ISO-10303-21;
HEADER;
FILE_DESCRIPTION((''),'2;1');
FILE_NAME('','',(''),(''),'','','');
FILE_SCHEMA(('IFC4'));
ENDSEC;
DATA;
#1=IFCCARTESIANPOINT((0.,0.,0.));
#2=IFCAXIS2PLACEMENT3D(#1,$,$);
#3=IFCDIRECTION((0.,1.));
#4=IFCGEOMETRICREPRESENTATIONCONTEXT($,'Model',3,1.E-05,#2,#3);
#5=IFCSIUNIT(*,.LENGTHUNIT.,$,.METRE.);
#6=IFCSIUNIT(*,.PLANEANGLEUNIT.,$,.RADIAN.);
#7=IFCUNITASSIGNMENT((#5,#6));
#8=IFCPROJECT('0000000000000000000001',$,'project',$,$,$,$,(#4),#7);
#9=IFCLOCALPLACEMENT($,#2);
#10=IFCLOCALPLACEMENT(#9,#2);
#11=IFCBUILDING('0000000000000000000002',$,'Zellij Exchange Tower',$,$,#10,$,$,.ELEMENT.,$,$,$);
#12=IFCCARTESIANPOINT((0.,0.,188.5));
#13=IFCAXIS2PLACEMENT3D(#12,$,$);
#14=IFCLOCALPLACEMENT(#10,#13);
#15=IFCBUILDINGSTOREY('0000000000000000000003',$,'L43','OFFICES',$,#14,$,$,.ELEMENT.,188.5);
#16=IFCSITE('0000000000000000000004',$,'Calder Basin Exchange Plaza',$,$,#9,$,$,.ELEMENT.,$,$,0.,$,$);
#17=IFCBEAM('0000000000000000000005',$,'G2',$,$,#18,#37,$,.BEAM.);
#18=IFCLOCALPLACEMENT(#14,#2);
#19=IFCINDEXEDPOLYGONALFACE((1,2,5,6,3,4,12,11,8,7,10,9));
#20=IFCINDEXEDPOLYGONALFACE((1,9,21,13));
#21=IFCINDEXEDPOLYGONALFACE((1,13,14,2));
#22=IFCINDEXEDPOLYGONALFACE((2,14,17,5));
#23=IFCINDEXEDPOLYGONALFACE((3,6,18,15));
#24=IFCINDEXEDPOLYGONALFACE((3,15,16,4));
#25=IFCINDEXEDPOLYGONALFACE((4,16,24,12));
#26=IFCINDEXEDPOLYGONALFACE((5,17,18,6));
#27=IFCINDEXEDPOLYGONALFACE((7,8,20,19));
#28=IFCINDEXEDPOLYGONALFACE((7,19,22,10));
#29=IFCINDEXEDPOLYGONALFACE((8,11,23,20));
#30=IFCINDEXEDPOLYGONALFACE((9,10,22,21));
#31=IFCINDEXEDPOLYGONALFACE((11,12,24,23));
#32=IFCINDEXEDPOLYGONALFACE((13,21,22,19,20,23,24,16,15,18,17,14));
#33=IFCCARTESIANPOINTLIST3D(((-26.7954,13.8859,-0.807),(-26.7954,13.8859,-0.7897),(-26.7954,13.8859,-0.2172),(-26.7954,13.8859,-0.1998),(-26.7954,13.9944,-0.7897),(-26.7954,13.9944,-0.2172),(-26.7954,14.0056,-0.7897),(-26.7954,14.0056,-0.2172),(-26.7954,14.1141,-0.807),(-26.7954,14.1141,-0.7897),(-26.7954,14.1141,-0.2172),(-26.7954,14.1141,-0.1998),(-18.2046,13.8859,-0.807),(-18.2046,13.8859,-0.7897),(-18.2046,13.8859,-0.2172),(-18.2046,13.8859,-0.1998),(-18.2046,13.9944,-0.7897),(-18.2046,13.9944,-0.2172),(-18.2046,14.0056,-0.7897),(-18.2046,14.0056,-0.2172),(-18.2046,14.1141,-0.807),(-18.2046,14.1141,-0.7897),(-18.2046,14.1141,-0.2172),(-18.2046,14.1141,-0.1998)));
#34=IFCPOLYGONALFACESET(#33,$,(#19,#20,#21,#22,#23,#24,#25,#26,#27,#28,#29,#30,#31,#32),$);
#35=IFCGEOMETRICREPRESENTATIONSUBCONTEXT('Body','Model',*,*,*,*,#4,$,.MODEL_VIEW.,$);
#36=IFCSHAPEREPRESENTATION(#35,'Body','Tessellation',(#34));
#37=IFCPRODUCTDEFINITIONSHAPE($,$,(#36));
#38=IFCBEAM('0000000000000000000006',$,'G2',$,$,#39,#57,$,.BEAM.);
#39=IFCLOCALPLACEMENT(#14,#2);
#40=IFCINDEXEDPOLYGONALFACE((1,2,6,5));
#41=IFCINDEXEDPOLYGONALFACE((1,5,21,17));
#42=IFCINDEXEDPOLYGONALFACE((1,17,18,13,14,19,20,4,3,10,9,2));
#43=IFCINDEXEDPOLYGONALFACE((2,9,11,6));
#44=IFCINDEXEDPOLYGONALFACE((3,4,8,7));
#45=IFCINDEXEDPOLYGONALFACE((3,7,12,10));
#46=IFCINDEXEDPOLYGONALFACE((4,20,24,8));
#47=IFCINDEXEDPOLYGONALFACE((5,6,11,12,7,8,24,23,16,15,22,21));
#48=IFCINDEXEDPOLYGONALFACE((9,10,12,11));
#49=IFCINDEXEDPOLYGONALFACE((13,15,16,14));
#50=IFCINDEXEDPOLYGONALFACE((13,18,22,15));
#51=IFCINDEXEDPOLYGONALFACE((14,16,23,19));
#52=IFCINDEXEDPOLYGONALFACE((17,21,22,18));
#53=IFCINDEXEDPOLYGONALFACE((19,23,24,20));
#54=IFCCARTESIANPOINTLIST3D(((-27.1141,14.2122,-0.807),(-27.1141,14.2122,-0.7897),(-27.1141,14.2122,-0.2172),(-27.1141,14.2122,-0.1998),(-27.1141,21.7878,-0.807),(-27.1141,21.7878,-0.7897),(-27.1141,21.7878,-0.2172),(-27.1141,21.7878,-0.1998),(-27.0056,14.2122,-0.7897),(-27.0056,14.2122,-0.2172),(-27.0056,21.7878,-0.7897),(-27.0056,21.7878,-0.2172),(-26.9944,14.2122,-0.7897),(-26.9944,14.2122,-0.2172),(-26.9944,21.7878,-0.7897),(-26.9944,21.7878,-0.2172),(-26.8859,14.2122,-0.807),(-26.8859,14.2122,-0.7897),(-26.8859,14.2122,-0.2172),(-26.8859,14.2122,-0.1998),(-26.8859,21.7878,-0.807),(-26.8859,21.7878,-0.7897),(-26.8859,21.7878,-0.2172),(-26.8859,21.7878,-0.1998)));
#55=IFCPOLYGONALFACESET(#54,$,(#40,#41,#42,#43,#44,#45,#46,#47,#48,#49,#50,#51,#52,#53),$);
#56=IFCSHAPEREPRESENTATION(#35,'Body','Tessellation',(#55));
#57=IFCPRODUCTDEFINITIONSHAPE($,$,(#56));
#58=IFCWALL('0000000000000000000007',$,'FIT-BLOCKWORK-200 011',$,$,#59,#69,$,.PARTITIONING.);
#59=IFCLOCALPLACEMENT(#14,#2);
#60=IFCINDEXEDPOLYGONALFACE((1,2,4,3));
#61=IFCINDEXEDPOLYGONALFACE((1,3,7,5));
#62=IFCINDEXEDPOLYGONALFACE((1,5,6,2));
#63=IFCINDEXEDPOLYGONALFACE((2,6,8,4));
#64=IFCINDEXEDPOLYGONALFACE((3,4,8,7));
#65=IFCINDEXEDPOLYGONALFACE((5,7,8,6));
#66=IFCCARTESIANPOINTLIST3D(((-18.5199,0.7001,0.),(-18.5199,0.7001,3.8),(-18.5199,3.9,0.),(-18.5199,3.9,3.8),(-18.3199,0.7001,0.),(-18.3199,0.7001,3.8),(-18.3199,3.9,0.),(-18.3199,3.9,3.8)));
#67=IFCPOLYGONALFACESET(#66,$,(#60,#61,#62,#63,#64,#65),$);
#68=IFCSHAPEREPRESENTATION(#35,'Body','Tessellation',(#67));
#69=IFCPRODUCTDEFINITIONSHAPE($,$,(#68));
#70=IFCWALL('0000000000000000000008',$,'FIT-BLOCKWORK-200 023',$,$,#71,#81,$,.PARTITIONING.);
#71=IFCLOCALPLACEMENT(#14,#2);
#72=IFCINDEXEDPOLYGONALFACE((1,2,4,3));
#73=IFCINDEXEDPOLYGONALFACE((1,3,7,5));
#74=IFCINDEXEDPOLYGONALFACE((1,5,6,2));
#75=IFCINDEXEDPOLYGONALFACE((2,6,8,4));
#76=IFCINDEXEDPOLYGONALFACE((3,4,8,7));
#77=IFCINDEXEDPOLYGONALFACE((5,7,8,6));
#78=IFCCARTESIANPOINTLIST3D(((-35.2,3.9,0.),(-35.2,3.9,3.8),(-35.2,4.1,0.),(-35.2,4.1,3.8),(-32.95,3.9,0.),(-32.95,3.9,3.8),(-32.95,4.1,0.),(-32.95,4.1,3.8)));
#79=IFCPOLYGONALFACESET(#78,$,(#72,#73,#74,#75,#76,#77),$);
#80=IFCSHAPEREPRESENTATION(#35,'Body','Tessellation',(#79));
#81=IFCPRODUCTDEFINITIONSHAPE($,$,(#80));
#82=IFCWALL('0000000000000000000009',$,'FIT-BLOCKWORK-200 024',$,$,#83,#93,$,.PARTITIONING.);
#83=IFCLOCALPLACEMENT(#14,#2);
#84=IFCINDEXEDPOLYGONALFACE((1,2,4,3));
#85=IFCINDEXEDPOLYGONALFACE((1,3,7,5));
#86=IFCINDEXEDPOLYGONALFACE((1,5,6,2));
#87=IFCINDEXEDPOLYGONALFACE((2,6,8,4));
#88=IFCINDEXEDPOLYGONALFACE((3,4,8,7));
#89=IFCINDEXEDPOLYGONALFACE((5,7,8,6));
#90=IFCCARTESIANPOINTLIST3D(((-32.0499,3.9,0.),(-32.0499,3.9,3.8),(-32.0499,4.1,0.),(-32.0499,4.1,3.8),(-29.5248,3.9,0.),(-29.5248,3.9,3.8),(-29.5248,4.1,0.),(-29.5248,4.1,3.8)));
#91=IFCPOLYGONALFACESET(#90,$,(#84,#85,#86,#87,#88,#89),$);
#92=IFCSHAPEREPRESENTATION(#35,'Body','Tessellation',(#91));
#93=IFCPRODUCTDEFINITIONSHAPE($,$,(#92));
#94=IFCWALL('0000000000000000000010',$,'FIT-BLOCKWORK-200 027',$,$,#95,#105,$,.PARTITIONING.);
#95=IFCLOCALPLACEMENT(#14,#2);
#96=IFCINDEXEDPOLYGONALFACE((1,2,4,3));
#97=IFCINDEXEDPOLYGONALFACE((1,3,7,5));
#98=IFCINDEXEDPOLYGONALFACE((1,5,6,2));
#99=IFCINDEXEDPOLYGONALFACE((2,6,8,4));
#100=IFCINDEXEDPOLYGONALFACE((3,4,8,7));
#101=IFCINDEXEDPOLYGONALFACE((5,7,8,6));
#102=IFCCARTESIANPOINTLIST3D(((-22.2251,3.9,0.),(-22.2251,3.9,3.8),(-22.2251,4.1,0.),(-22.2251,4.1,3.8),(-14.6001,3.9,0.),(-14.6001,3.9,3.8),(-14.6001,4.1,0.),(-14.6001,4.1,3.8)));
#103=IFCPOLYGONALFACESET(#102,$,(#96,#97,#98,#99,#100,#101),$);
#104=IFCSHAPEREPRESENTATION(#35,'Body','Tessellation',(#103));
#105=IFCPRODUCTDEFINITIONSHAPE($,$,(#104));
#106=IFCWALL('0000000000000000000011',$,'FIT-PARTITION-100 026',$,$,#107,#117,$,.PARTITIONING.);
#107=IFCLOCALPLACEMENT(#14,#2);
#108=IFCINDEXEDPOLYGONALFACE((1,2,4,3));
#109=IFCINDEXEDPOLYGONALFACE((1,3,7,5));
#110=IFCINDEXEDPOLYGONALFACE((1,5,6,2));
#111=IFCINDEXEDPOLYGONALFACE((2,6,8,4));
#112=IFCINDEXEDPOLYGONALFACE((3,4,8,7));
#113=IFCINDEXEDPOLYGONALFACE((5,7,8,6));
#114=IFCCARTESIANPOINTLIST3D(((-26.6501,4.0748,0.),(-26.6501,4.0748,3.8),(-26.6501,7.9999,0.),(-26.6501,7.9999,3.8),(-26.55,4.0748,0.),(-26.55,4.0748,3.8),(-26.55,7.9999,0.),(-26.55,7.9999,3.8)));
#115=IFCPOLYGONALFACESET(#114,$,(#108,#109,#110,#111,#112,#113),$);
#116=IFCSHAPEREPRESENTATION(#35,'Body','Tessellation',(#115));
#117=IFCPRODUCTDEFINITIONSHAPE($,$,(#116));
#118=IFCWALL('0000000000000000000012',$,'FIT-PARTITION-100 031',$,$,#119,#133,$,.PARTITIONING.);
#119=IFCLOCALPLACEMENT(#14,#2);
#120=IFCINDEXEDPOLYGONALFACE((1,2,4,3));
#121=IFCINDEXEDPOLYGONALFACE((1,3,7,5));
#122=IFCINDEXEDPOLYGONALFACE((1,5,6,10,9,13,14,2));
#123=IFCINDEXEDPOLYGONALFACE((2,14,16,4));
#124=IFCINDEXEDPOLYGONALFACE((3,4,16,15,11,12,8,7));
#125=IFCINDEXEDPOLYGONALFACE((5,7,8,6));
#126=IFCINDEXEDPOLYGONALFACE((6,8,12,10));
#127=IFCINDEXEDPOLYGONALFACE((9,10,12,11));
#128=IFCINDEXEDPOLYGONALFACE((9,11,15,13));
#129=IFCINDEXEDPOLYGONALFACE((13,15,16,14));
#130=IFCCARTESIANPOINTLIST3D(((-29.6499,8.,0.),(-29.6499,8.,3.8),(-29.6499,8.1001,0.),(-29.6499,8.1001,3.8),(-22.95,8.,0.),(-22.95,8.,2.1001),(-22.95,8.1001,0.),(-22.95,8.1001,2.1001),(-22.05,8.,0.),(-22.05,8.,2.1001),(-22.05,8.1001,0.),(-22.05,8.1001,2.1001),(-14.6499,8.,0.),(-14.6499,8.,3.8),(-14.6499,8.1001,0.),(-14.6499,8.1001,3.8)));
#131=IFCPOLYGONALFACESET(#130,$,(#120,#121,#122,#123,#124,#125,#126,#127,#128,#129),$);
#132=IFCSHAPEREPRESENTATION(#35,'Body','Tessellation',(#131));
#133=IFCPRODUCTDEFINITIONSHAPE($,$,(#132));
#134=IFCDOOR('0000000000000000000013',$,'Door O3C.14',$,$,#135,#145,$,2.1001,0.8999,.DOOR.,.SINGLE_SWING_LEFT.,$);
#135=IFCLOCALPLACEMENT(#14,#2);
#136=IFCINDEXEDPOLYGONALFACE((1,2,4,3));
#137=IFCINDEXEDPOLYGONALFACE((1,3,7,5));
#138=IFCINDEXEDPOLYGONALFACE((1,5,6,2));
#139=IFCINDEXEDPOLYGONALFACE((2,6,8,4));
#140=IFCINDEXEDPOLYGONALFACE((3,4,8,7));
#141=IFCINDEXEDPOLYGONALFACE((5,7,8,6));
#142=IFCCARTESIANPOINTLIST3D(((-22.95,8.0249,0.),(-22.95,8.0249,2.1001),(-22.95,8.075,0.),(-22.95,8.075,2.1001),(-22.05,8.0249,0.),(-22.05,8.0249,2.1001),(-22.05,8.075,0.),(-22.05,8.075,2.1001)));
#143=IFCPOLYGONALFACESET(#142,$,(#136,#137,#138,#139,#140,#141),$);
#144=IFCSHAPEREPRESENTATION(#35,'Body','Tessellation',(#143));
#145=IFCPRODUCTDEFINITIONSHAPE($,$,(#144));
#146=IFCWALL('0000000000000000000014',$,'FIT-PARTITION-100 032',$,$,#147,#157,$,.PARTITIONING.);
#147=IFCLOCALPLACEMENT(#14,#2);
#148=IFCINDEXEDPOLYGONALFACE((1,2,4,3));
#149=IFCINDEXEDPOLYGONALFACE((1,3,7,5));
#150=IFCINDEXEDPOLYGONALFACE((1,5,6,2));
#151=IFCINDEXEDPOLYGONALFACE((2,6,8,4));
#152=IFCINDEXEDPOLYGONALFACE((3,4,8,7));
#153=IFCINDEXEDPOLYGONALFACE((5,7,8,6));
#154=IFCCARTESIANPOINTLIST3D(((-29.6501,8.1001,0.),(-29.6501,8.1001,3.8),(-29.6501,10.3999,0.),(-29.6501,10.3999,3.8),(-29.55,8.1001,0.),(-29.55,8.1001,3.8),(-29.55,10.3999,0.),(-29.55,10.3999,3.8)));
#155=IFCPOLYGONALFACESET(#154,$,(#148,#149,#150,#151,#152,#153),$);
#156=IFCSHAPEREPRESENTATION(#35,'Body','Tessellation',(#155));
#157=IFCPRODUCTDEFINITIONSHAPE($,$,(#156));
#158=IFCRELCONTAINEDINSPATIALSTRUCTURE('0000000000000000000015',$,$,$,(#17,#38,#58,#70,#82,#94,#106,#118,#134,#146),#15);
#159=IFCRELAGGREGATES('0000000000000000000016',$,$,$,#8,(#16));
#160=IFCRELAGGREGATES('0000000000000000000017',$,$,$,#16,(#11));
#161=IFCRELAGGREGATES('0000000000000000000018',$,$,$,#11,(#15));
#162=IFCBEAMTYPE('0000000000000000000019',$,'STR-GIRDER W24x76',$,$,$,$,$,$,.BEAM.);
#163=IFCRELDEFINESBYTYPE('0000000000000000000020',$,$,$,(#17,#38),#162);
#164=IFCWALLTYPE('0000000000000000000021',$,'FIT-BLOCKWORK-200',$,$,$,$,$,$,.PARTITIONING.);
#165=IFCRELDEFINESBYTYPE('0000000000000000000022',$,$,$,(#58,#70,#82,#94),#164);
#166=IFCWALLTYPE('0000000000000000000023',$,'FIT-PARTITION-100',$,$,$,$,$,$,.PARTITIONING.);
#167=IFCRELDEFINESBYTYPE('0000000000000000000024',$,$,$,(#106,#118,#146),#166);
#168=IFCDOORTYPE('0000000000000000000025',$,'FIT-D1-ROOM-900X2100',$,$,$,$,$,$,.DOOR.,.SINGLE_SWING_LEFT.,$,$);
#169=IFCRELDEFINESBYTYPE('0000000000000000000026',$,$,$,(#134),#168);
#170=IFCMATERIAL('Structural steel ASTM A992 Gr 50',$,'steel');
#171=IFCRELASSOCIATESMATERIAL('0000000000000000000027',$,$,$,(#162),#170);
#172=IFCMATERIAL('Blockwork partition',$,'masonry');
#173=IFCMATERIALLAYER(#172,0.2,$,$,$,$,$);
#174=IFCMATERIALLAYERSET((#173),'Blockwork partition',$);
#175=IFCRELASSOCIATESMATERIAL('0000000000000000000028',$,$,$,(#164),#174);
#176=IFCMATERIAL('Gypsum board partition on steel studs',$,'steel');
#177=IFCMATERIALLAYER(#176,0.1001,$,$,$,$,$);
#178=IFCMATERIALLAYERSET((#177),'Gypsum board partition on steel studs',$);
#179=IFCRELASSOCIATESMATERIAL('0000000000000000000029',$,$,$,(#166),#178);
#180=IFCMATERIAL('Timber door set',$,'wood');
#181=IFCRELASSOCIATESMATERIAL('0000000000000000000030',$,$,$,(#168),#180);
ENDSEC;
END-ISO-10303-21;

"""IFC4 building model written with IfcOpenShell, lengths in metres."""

from ifc_helpers import new_model, si_unit, direction, frame, frame_2d, origin, origin_2d, place, context, subcontext, project, spatial, rectangle, i_section, extrude, material, layer, layer_set, material_profile, profile_set, type_object, element, fill, save


model = new_model("IFC4")

# Units and contexts
model_context = context("Model", 3, precision=1e-05, world=origin(), true_north=direction((0.0, 1.0)))
body_context = subcontext(model_context, "Body", "Model", "MODEL_VIEW")
ifc_project = project(units=[si_unit("LENGTHUNIT", "METRE"), si_unit("PLANEANGLEUNIT", "RADIAN")], contexts=[model_context])

# Site, building, storey
site_placement = place(None, origin())
site = spatial("IfcSite", under=ifc_project, at=site_placement, Name="Calder Basin Exchange Plaza", CompositionType="ELEMENT", RefElevation=0.0)
building_placement = place(site_placement, origin())
building = spatial("IfcBuilding", under=site, at=building_placement, Name="Zellij Exchange Tower", CompositionType="ELEMENT")
storey_placement = place(building_placement, frame((0.0, 0.0, 188.5)))
storey = spatial("IfcBuildingStorey", under=building, at=storey_placement, Name="L43", Description="OFFICES", CompositionType="ELEMENT", Elevation=188.5)

# Beams
ifc_material_1 = material(Name="Structural steel ASTM A992 Gr 50", Category="steel")
ifc_material_profile_1 = material_profile(ifc_material_1, i_section(OverallWidth=0.2283, OverallDepth=0.6072, WebThickness=0.0112, FlangeThickness=0.0173, at=origin_2d()), Name="W24x76")
ifc_profile_set_1 = profile_set([ifc_material_profile_1], Name="Structural steel ASTM A992 Gr 50")
beam_type_1 = type_object("IfcBeamType", Name="STR-GIRDER W24x76", PredefinedType="BEAM", material=ifc_profile_set_1)
beam_1_placement = place(storey_placement, frame((-26.7954, 14.0, -0.5034), z_axis=(1.0, 0.0, 0.0), x_axis=(0.0, 1.0, 0.0)))
element("IfcBeam", 1, at=beam_1_placement, inside=storey, type_object=beam_type_1, Name="G2", PredefinedType="BEAM", context=body_context, shape_type="SweptSolid", body=[
    extrude(i_section(OverallWidth=0.2283, OverallDepth=0.6072, WebThickness=0.0112, FlangeThickness=0.0173, at=origin_2d()), origin(), (0.0, 0.0, 1.0), 8.5908),
])
beam_2_placement = place(storey_placement, frame((-27.0, 14.2122, -0.5034), z_axis=(0.0, 1.0, 0.0), x_axis=(-1.0, 0.0, 0.0)))
element("IfcBeam", 2, at=beam_2_placement, inside=storey, type_object=beam_type_1, Name="G2", PredefinedType="BEAM", context=body_context, shape_type="SweptSolid", body=[
    extrude(i_section(OverallWidth=0.2283, OverallDepth=0.6072, WebThickness=0.0112, FlangeThickness=0.0173, at=origin_2d()), origin(), (0.0, 0.0, 1.0), 7.5757),
])

# Walls
ifc_material_2 = material(Name="Blockwork partition", Category="masonry")
ifc_layer_1 = layer(ifc_material_2, 0.2)
ifc_layer_set_1 = layer_set([ifc_layer_1], Name="Blockwork partition")
wall_type_1 = type_object("IfcWallType", Name="FIT-BLOCKWORK-200", PredefinedType="PARTITIONING", material=ifc_layer_set_1)
wall_1_placement = place(storey_placement, frame((-18.4199, 0.7, 0.0), z_axis=(0.0, 0.0, 1.0), x_axis=(0.0, 1.0, 0.0)))
element("IfcWall", 3, at=wall_1_placement, inside=storey, type_object=wall_type_1, Name="FIT-BLOCKWORK-200 011", PredefinedType="PARTITIONING", context=body_context, shape_type="SweptSolid", body=[
    extrude(rectangle(XDim=3.2, YDim=0.2, at=frame_2d((1.6001, 0.0))), origin(), (0.0, 0.0, 1.0), 3.8),
])
wall_2_placement = place(storey_placement, frame((-35.2, 4.0, 0.0), z_axis=(0.0, 0.0, 1.0), x_axis=(1.0, 0.0, 0.0)))
element("IfcWall", 4, at=wall_2_placement, inside=storey, type_object=wall_type_1, Name="FIT-BLOCKWORK-200 023", PredefinedType="PARTITIONING", context=body_context, shape_type="SweptSolid", body=[
    extrude(rectangle(XDim=2.25, YDim=0.2, at=frame_2d((1.125, 0.0))), origin(), (0.0, 0.0, 1.0), 3.8),
])
wall_3_placement = place(storey_placement, frame((-32.05, 4.0, 0.0), z_axis=(0.0, 0.0, 1.0), x_axis=(1.0, 0.0, 0.0)))
element("IfcWall", 5, at=wall_3_placement, inside=storey, type_object=wall_type_1, Name="FIT-BLOCKWORK-200 024", PredefinedType="PARTITIONING", context=body_context, shape_type="SweptSolid", body=[
    extrude(rectangle(XDim=2.5251, YDim=0.2, at=frame_2d((1.2627, 0.0))), origin(), (0.0, 0.0, 1.0), 3.8),
])
wall_4_placement = place(storey_placement, frame((-22.2251, 4.0, 0.0), z_axis=(0.0, 0.0, 1.0), x_axis=(1.0, 0.0, 0.0)))
element("IfcWall", 6, at=wall_4_placement, inside=storey, type_object=wall_type_1, Name="FIT-BLOCKWORK-200 027", PredefinedType="PARTITIONING", context=body_context, shape_type="SweptSolid", body=[
    extrude(rectangle(XDim=7.625, YDim=0.2, at=frame_2d((3.8125, 0.0))), origin(), (0.0, 0.0, 1.0), 3.8),
])
ifc_material_3 = material(Name="Gypsum board partition on steel studs", Category="steel")
ifc_layer_2 = layer(ifc_material_3, 0.1001)
ifc_layer_set_2 = layer_set([ifc_layer_2], Name="Gypsum board partition on steel studs")
wall_type_2 = type_object("IfcWallType", Name="FIT-PARTITION-100", PredefinedType="PARTITIONING", material=ifc_layer_set_2)
wall_5_placement = place(storey_placement, frame((-26.6001, 4.075, 0.0), z_axis=(0.0, 0.0, 1.0), x_axis=(0.0, 1.0, 0.0)))
element("IfcWall", 7, at=wall_5_placement, inside=storey, type_object=wall_type_2, Name="FIT-PARTITION-100 026", PredefinedType="PARTITIONING", context=body_context, shape_type="SweptSolid", body=[
    extrude(rectangle(XDim=3.925, YDim=0.1001, at=frame_2d((1.9624, 0.0))), origin(), (0.0, 0.0, 1.0), 3.8),
])

# Wall, opening, door
wall_6_placement = place(storey_placement, frame((-29.6499, 8.05, 0.0), z_axis=(0.0, 0.0, 1.0), x_axis=(1.0, 0.0, 0.0)))
wall_6 = element("IfcWall", 8, at=wall_6_placement, inside=storey, type_object=wall_type_2, Name="FIT-PARTITION-100 031", PredefinedType="PARTITIONING", context=body_context, shape_type="SweptSolid", body=[
    extrude(rectangle(XDim=15.0, YDim=0.1001, at=frame_2d((7.5, 0.0))), origin(), (0.0, 0.0, 1.0), 3.8),
])
opening_1_placement = place(wall_6_placement, frame((6.7, 0.0, 0.0)))
opening_1 = element("IfcOpeningElement", 9, at=opening_1_placement, cuts=wall_6, PredefinedType="OPENING", context=body_context, shape_type="SweptSolid", body=[
    extrude(rectangle(XDim=0.8999, YDim=2.1001, at=frame_2d((0.45, 1.05))), frame((0.0, 0.062, 0.0), z_axis=(0.0, -1.0, 0.0), x_axis=(1.0, 0.0, 0.0)), (0.0, 0.0, 1.0), 0.124),
])
ifc_material_4 = material(Name="Timber door set", Category="wood")
door_type_1 = type_object("IfcDoorType", Name="FIT-D1-ROOM-900X2100", OperationType="SINGLE_SWING_LEFT", PredefinedType="DOOR", material=ifc_material_4)
door_1_placement = place(opening_1_placement, origin())
door_1 = element("IfcDoor", 10, at=door_1_placement, inside=storey, type_object=door_type_1, Name="Door O3C.14", OperationType="SINGLE_SWING_LEFT", OverallHeight=2.1001, OverallWidth=0.8999, PredefinedType="DOOR", context=body_context, shape_type="SweptSolid", body=[
    extrude(rectangle(XDim=0.8999, YDim=2.1001, at=frame_2d((0.45, 1.05))), frame((0.0, 0.0249, 0.0), z_axis=(0.0, -1.0, 0.0), x_axis=(1.0, 0.0, 0.0)), (0.0, 0.0, 1.0), 0.05),
])
fill(opening_1, door_1)

# Wall
wall_7_placement = place(storey_placement, frame((-29.6001, 8.1001, 0.0), z_axis=(0.0, 0.0, 1.0), x_axis=(0.0, 1.0, 0.0)))
element("IfcWall", 11, at=wall_7_placement, inside=storey, type_object=wall_type_2, Name="FIT-PARTITION-100 032", PredefinedType="PARTITIONING", context=body_context, shape_type="SweptSolid", body=[
    extrude(rectangle(XDim=2.2998, YDim=0.1001, at=frame_2d((1.1499, 0.0))), origin(), (0.0, 0.0, 1.0), 3.8),
])

save(model, "model.ifc")
